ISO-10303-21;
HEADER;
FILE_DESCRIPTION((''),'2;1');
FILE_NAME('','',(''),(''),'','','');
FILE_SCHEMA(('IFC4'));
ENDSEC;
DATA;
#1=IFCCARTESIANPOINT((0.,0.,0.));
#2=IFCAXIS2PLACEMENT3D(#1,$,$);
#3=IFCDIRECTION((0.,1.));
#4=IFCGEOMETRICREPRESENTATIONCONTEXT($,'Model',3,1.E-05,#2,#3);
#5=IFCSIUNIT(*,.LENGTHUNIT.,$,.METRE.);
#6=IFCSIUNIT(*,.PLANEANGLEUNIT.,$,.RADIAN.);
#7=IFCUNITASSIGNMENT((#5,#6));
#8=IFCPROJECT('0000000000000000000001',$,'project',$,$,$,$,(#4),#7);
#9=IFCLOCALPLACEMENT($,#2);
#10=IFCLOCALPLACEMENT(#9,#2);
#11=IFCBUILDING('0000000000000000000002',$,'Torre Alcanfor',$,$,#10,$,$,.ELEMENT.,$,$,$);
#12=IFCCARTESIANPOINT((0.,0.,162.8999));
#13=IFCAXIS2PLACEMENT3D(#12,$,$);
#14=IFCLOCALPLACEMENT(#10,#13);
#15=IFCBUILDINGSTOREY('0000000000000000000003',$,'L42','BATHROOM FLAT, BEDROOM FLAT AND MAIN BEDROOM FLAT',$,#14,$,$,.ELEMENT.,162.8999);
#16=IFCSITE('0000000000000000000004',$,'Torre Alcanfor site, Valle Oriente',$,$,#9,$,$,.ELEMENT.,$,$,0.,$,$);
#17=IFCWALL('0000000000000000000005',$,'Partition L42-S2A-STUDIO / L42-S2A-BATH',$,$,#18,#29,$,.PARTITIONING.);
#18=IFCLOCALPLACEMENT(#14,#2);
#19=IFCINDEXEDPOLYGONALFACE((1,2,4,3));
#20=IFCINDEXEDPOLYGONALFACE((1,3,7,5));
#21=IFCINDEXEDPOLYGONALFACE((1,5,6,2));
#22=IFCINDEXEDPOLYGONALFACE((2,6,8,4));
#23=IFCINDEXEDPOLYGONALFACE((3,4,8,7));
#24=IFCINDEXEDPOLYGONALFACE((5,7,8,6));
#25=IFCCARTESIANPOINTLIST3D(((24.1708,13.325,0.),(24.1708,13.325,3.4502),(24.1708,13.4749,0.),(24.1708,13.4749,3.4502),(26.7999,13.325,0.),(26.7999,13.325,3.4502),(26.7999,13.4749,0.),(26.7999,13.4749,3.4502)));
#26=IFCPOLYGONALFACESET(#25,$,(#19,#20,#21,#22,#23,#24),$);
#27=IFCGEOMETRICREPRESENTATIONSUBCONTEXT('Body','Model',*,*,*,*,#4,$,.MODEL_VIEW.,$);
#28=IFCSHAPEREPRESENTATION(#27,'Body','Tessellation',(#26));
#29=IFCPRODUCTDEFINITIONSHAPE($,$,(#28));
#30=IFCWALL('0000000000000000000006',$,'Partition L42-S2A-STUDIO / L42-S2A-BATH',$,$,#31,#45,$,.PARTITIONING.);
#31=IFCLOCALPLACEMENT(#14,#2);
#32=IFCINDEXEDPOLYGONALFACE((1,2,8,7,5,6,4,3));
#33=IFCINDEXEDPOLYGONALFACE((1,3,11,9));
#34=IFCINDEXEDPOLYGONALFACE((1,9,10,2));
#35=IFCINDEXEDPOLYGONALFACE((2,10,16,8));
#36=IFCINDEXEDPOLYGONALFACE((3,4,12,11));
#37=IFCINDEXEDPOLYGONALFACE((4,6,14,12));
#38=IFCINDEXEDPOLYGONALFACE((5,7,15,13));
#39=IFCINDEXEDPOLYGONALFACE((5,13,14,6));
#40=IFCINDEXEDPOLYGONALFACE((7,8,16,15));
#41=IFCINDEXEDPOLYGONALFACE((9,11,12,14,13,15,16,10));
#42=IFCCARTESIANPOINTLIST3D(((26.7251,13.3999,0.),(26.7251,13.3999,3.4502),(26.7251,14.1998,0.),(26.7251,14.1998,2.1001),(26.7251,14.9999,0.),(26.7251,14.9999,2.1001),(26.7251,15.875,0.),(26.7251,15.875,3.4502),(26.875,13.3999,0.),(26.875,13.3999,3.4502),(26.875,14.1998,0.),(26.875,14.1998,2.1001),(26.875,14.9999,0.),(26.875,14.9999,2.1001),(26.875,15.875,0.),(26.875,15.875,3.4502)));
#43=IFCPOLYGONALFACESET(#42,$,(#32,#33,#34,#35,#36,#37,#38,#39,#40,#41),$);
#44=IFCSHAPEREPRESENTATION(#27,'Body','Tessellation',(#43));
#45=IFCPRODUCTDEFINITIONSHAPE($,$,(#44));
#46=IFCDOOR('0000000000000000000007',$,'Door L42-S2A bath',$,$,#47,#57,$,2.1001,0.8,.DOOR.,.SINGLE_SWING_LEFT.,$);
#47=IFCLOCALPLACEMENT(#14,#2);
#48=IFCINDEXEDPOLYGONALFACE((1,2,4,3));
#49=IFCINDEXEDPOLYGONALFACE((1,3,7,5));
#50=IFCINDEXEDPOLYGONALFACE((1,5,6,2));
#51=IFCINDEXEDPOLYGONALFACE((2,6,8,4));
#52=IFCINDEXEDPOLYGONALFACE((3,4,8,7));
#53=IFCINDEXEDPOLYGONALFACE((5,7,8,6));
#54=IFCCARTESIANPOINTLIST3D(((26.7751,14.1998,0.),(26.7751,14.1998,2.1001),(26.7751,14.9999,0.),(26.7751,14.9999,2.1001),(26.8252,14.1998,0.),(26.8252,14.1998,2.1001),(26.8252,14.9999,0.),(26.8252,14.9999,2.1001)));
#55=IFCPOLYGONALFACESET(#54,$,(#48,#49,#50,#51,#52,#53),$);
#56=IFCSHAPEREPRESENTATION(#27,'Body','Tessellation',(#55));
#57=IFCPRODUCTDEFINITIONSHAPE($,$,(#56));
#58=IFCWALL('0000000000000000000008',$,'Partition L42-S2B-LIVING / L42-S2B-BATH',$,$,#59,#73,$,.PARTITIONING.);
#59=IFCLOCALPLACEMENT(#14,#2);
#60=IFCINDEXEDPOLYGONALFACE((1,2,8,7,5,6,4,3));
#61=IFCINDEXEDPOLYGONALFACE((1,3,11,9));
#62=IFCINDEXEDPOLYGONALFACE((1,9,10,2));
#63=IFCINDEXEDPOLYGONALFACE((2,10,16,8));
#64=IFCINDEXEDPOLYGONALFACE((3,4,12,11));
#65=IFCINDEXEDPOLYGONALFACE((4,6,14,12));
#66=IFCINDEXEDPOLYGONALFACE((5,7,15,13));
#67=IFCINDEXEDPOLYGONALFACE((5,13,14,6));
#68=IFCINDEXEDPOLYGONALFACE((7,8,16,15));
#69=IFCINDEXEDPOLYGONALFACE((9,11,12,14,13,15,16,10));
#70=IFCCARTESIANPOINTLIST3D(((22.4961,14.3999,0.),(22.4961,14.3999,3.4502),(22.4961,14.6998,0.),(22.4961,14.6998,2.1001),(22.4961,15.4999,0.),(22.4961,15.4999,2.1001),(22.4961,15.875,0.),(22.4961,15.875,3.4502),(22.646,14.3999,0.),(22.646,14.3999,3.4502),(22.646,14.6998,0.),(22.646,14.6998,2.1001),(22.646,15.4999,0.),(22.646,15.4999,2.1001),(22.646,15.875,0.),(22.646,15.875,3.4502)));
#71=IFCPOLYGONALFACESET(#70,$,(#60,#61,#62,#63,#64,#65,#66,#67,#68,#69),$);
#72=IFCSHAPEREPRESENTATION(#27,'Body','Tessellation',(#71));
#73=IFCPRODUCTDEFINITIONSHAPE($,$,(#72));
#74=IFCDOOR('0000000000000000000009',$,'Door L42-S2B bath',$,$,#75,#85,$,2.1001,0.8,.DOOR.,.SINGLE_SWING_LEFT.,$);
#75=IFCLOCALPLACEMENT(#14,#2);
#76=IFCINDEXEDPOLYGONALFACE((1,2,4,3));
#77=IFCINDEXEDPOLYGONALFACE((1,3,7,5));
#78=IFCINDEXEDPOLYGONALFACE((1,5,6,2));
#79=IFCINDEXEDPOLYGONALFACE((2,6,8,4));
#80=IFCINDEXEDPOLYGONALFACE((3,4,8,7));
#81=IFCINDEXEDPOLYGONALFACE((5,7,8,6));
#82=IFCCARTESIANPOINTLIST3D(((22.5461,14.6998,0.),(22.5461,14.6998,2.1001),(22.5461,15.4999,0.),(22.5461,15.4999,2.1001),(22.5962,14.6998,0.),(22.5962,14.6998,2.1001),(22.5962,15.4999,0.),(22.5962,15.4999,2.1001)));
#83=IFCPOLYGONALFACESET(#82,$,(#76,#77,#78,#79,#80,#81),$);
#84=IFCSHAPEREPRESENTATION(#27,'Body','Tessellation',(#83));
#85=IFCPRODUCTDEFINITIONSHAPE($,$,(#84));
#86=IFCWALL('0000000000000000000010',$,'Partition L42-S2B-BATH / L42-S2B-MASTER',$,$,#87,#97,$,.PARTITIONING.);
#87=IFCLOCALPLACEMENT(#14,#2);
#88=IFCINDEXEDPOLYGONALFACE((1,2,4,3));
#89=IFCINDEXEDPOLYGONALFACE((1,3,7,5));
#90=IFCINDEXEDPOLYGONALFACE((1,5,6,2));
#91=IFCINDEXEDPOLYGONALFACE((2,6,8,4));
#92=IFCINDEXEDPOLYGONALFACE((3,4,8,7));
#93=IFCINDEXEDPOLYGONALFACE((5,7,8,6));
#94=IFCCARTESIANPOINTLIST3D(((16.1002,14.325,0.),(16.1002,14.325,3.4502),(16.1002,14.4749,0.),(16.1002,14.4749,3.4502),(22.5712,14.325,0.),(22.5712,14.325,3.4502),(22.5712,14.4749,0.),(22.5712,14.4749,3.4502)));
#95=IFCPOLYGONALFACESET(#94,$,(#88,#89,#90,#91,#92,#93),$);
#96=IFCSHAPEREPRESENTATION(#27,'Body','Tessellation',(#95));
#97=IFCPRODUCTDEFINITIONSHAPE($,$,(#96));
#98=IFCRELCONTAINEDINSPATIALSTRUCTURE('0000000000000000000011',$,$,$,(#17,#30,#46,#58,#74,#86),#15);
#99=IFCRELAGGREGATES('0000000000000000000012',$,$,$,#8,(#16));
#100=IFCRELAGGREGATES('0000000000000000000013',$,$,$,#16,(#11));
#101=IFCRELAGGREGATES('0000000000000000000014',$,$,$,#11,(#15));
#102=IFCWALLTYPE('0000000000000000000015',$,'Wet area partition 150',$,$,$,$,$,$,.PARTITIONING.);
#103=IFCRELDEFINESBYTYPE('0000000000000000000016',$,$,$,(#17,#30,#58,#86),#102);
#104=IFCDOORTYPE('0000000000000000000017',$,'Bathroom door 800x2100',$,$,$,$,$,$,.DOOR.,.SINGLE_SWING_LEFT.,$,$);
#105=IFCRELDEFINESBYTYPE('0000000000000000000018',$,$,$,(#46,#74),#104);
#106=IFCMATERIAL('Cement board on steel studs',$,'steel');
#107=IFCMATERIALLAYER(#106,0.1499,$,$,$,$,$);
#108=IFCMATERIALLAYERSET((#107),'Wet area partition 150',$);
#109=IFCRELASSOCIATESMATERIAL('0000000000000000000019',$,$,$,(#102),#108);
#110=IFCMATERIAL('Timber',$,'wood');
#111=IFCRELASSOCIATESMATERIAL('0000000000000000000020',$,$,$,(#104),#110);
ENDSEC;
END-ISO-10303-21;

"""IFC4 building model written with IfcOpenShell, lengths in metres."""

from ifc_helpers import new_model, si_unit, direction, frame, frame_2d, origin, place, context, subcontext, project, spatial, rectangle, extrude, material, layer, layer_set, type_object, element, fill, save


model = new_model("IFC4")

# Units and contexts
model_context = context("Model", 3, precision=1e-05, world=origin(), true_north=direction((0.0, 1.0)))
body_context = subcontext(model_context, "Body", "Model", "MODEL_VIEW")
ifc_project = project(units=[si_unit("LENGTHUNIT", "METRE"), si_unit("PLANEANGLEUNIT", "RADIAN")], contexts=[model_context])

# Site, building, storey
site_placement = place(None, origin())
site = spatial("IfcSite", under=ifc_project, at=site_placement, Name="Torre Alcanfor site, Valle Oriente", CompositionType="ELEMENT", RefElevation=0.0)
building_placement = place(site_placement, origin())
building = spatial("IfcBuilding", under=site, at=building_placement, Name="Torre Alcanfor", CompositionType="ELEMENT")
storey_placement = place(building_placement, frame((0.0, 0.0, 162.8999)))
storey = spatial("IfcBuildingStorey", under=building, at=storey_placement, Name="L42", Description="BATHROOM FLAT, BEDROOM FLAT AND MAIN BEDROOM FLAT", CompositionType="ELEMENT", Elevation=162.8999)

# Wall
ifc_material_1 = material(Name="Cement board on steel studs", Category="steel")
ifc_layer_1 = layer(ifc_material_1, 0.1499)
ifc_layer_set_1 = layer_set([ifc_layer_1], Name="Wet area partition 150")
wall_type_1 = type_object("IfcWallType", Name="Wet area partition 150", PredefinedType="PARTITIONING", material=ifc_layer_set_1)
wall_1_placement = place(storey_placement, frame((24.1709, 13.3999, 0.0), z_axis=(0.0, 0.0, 1.0), x_axis=(1.0, 0.0, 0.0)))
element("IfcWall", 1, at=wall_1_placement, inside=storey, type_object=wall_type_1, Name="Partition L42-S2A-STUDIO / L42-S2A-BATH", PredefinedType="PARTITIONING", context=body_context, shape_type="SweptSolid", body=[
    extrude(rectangle(XDim=2.6292, YDim=0.1499, at=frame_2d((1.3145, 0.0))), origin(), (0.0, 0.0, 1.0), 3.4502),
])

# Walls, openings, doors
wall_2_placement = place(storey_placement, frame((26.8, 13.3999, 0.0), z_axis=(0.0, 0.0, 1.0), x_axis=(0.0, 1.0, 0.0)))
wall_2 = element("IfcWall", 2, at=wall_2_placement, inside=storey, type_object=wall_type_1, Name="Partition L42-S2A-STUDIO / L42-S2A-BATH", PredefinedType="PARTITIONING", context=body_context, shape_type="SweptSolid", body=[
    extrude(rectangle(XDim=2.4751, YDim=0.1499, at=frame_2d((1.2375, 0.0))), origin(), (0.0, 0.0, 1.0), 3.4502),
])
opening_1_placement = place(wall_2_placement, frame((0.8, 0.0, 0.0)))
opening_1 = element("IfcOpeningElement", 3, at=opening_1_placement, cuts=wall_2, PredefinedType="OPENING", context=body_context, shape_type="SweptSolid", body=[
    extrude(rectangle(XDim=0.8, YDim=2.1001, at=frame_2d((0.3999, 1.05))), frame((0.0, 0.085, 0.0), z_axis=(0.0, -1.0, 0.0), x_axis=(1.0, 0.0, 0.0)), (0.0, 0.0, 1.0), 0.1699),
])
ifc_material_2 = material(Name="Timber", Category="wood")
door_type_1 = type_object("IfcDoorType", Name="Bathroom door 800x2100", OperationType="SINGLE_SWING_LEFT", PredefinedType="DOOR", material=ifc_material_2)
door_1_placement = place(opening_1_placement, origin())
door_1 = element("IfcDoor", 4, at=door_1_placement, inside=storey, type_object=door_type_1, Name="Door L42-S2A bath", OperationType="SINGLE_SWING_LEFT", OverallHeight=2.1001, OverallWidth=0.8, PredefinedType="DOOR", context=body_context, shape_type="SweptSolid", body=[
    extrude(rectangle(XDim=0.8, YDim=2.1001, at=frame_2d((0.3999, 1.05))), frame((0.0, 0.0249, 0.0), z_axis=(0.0, -1.0, 0.0), x_axis=(1.0, 0.0, 0.0)), (0.0, 0.0, 1.0), 0.05),
])
fill(opening_1, door_1)
wall_3_placement = place(storey_placement, frame((22.571, 14.3999, 0.0), z_axis=(0.0, 0.0, 1.0), x_axis=(0.0, 1.0, 0.0)))
wall_3 = element("IfcWall", 5, at=wall_3_placement, inside=storey, type_object=wall_type_1, Name="Partition L42-S2B-LIVING / L42-S2B-BATH", PredefinedType="PARTITIONING", context=body_context, shape_type="SweptSolid", body=[
    extrude(rectangle(XDim=1.4751, YDim=0.1499, at=frame_2d((0.7375, 0.0))), origin(), (0.0, 0.0, 1.0), 3.4502),
])
opening_2_placement = place(wall_3_placement, frame((0.3, 0.0, 0.0)))
opening_2 = element("IfcOpeningElement", 6, at=opening_2_placement, cuts=wall_3, PredefinedType="OPENING", context=body_context, shape_type="SweptSolid", body=[
    extrude(rectangle(XDim=0.8, YDim=2.1001, at=frame_2d((0.3999, 1.05))), frame((0.0, 0.085, 0.0), z_axis=(0.0, -1.0, 0.0), x_axis=(1.0, 0.0, 0.0)), (0.0, 0.0, 1.0), 0.1699),
])
door_2_placement = place(opening_2_placement, origin())
door_2 = element("IfcDoor", 7, at=door_2_placement, inside=storey, type_object=door_type_1, Name="Door L42-S2B bath", OperationType="SINGLE_SWING_LEFT", OverallHeight=2.1001, OverallWidth=0.8, PredefinedType="DOOR", context=body_context, shape_type="SweptSolid", body=[
    extrude(rectangle(XDim=0.8, YDim=2.1001, at=frame_2d((0.3999, 1.05))), frame((0.0, 0.0249, 0.0), z_axis=(0.0, -1.0, 0.0), x_axis=(1.0, 0.0, 0.0)), (0.0, 0.0, 1.0), 0.05),
])
fill(opening_2, door_2)

# Wall
wall_4_placement = place(storey_placement, frame((22.571, 14.3999, 0.0), z_axis=(0.0, 0.0, 1.0), x_axis=(-1.0, 0.0, 0.0)))
element("IfcWall", 8, at=wall_4_placement, inside=storey, type_object=wall_type_1, Name="Partition L42-S2B-BATH / L42-S2B-MASTER", PredefinedType="PARTITIONING", context=body_context, shape_type="SweptSolid", body=[
    extrude(rectangle(XDim=6.4709, YDim=0.1499, at=frame_2d((3.2354, 0.0))), origin(), (0.0, 0.0, 1.0), 3.4502),
])

save(model, "model.ifc")
